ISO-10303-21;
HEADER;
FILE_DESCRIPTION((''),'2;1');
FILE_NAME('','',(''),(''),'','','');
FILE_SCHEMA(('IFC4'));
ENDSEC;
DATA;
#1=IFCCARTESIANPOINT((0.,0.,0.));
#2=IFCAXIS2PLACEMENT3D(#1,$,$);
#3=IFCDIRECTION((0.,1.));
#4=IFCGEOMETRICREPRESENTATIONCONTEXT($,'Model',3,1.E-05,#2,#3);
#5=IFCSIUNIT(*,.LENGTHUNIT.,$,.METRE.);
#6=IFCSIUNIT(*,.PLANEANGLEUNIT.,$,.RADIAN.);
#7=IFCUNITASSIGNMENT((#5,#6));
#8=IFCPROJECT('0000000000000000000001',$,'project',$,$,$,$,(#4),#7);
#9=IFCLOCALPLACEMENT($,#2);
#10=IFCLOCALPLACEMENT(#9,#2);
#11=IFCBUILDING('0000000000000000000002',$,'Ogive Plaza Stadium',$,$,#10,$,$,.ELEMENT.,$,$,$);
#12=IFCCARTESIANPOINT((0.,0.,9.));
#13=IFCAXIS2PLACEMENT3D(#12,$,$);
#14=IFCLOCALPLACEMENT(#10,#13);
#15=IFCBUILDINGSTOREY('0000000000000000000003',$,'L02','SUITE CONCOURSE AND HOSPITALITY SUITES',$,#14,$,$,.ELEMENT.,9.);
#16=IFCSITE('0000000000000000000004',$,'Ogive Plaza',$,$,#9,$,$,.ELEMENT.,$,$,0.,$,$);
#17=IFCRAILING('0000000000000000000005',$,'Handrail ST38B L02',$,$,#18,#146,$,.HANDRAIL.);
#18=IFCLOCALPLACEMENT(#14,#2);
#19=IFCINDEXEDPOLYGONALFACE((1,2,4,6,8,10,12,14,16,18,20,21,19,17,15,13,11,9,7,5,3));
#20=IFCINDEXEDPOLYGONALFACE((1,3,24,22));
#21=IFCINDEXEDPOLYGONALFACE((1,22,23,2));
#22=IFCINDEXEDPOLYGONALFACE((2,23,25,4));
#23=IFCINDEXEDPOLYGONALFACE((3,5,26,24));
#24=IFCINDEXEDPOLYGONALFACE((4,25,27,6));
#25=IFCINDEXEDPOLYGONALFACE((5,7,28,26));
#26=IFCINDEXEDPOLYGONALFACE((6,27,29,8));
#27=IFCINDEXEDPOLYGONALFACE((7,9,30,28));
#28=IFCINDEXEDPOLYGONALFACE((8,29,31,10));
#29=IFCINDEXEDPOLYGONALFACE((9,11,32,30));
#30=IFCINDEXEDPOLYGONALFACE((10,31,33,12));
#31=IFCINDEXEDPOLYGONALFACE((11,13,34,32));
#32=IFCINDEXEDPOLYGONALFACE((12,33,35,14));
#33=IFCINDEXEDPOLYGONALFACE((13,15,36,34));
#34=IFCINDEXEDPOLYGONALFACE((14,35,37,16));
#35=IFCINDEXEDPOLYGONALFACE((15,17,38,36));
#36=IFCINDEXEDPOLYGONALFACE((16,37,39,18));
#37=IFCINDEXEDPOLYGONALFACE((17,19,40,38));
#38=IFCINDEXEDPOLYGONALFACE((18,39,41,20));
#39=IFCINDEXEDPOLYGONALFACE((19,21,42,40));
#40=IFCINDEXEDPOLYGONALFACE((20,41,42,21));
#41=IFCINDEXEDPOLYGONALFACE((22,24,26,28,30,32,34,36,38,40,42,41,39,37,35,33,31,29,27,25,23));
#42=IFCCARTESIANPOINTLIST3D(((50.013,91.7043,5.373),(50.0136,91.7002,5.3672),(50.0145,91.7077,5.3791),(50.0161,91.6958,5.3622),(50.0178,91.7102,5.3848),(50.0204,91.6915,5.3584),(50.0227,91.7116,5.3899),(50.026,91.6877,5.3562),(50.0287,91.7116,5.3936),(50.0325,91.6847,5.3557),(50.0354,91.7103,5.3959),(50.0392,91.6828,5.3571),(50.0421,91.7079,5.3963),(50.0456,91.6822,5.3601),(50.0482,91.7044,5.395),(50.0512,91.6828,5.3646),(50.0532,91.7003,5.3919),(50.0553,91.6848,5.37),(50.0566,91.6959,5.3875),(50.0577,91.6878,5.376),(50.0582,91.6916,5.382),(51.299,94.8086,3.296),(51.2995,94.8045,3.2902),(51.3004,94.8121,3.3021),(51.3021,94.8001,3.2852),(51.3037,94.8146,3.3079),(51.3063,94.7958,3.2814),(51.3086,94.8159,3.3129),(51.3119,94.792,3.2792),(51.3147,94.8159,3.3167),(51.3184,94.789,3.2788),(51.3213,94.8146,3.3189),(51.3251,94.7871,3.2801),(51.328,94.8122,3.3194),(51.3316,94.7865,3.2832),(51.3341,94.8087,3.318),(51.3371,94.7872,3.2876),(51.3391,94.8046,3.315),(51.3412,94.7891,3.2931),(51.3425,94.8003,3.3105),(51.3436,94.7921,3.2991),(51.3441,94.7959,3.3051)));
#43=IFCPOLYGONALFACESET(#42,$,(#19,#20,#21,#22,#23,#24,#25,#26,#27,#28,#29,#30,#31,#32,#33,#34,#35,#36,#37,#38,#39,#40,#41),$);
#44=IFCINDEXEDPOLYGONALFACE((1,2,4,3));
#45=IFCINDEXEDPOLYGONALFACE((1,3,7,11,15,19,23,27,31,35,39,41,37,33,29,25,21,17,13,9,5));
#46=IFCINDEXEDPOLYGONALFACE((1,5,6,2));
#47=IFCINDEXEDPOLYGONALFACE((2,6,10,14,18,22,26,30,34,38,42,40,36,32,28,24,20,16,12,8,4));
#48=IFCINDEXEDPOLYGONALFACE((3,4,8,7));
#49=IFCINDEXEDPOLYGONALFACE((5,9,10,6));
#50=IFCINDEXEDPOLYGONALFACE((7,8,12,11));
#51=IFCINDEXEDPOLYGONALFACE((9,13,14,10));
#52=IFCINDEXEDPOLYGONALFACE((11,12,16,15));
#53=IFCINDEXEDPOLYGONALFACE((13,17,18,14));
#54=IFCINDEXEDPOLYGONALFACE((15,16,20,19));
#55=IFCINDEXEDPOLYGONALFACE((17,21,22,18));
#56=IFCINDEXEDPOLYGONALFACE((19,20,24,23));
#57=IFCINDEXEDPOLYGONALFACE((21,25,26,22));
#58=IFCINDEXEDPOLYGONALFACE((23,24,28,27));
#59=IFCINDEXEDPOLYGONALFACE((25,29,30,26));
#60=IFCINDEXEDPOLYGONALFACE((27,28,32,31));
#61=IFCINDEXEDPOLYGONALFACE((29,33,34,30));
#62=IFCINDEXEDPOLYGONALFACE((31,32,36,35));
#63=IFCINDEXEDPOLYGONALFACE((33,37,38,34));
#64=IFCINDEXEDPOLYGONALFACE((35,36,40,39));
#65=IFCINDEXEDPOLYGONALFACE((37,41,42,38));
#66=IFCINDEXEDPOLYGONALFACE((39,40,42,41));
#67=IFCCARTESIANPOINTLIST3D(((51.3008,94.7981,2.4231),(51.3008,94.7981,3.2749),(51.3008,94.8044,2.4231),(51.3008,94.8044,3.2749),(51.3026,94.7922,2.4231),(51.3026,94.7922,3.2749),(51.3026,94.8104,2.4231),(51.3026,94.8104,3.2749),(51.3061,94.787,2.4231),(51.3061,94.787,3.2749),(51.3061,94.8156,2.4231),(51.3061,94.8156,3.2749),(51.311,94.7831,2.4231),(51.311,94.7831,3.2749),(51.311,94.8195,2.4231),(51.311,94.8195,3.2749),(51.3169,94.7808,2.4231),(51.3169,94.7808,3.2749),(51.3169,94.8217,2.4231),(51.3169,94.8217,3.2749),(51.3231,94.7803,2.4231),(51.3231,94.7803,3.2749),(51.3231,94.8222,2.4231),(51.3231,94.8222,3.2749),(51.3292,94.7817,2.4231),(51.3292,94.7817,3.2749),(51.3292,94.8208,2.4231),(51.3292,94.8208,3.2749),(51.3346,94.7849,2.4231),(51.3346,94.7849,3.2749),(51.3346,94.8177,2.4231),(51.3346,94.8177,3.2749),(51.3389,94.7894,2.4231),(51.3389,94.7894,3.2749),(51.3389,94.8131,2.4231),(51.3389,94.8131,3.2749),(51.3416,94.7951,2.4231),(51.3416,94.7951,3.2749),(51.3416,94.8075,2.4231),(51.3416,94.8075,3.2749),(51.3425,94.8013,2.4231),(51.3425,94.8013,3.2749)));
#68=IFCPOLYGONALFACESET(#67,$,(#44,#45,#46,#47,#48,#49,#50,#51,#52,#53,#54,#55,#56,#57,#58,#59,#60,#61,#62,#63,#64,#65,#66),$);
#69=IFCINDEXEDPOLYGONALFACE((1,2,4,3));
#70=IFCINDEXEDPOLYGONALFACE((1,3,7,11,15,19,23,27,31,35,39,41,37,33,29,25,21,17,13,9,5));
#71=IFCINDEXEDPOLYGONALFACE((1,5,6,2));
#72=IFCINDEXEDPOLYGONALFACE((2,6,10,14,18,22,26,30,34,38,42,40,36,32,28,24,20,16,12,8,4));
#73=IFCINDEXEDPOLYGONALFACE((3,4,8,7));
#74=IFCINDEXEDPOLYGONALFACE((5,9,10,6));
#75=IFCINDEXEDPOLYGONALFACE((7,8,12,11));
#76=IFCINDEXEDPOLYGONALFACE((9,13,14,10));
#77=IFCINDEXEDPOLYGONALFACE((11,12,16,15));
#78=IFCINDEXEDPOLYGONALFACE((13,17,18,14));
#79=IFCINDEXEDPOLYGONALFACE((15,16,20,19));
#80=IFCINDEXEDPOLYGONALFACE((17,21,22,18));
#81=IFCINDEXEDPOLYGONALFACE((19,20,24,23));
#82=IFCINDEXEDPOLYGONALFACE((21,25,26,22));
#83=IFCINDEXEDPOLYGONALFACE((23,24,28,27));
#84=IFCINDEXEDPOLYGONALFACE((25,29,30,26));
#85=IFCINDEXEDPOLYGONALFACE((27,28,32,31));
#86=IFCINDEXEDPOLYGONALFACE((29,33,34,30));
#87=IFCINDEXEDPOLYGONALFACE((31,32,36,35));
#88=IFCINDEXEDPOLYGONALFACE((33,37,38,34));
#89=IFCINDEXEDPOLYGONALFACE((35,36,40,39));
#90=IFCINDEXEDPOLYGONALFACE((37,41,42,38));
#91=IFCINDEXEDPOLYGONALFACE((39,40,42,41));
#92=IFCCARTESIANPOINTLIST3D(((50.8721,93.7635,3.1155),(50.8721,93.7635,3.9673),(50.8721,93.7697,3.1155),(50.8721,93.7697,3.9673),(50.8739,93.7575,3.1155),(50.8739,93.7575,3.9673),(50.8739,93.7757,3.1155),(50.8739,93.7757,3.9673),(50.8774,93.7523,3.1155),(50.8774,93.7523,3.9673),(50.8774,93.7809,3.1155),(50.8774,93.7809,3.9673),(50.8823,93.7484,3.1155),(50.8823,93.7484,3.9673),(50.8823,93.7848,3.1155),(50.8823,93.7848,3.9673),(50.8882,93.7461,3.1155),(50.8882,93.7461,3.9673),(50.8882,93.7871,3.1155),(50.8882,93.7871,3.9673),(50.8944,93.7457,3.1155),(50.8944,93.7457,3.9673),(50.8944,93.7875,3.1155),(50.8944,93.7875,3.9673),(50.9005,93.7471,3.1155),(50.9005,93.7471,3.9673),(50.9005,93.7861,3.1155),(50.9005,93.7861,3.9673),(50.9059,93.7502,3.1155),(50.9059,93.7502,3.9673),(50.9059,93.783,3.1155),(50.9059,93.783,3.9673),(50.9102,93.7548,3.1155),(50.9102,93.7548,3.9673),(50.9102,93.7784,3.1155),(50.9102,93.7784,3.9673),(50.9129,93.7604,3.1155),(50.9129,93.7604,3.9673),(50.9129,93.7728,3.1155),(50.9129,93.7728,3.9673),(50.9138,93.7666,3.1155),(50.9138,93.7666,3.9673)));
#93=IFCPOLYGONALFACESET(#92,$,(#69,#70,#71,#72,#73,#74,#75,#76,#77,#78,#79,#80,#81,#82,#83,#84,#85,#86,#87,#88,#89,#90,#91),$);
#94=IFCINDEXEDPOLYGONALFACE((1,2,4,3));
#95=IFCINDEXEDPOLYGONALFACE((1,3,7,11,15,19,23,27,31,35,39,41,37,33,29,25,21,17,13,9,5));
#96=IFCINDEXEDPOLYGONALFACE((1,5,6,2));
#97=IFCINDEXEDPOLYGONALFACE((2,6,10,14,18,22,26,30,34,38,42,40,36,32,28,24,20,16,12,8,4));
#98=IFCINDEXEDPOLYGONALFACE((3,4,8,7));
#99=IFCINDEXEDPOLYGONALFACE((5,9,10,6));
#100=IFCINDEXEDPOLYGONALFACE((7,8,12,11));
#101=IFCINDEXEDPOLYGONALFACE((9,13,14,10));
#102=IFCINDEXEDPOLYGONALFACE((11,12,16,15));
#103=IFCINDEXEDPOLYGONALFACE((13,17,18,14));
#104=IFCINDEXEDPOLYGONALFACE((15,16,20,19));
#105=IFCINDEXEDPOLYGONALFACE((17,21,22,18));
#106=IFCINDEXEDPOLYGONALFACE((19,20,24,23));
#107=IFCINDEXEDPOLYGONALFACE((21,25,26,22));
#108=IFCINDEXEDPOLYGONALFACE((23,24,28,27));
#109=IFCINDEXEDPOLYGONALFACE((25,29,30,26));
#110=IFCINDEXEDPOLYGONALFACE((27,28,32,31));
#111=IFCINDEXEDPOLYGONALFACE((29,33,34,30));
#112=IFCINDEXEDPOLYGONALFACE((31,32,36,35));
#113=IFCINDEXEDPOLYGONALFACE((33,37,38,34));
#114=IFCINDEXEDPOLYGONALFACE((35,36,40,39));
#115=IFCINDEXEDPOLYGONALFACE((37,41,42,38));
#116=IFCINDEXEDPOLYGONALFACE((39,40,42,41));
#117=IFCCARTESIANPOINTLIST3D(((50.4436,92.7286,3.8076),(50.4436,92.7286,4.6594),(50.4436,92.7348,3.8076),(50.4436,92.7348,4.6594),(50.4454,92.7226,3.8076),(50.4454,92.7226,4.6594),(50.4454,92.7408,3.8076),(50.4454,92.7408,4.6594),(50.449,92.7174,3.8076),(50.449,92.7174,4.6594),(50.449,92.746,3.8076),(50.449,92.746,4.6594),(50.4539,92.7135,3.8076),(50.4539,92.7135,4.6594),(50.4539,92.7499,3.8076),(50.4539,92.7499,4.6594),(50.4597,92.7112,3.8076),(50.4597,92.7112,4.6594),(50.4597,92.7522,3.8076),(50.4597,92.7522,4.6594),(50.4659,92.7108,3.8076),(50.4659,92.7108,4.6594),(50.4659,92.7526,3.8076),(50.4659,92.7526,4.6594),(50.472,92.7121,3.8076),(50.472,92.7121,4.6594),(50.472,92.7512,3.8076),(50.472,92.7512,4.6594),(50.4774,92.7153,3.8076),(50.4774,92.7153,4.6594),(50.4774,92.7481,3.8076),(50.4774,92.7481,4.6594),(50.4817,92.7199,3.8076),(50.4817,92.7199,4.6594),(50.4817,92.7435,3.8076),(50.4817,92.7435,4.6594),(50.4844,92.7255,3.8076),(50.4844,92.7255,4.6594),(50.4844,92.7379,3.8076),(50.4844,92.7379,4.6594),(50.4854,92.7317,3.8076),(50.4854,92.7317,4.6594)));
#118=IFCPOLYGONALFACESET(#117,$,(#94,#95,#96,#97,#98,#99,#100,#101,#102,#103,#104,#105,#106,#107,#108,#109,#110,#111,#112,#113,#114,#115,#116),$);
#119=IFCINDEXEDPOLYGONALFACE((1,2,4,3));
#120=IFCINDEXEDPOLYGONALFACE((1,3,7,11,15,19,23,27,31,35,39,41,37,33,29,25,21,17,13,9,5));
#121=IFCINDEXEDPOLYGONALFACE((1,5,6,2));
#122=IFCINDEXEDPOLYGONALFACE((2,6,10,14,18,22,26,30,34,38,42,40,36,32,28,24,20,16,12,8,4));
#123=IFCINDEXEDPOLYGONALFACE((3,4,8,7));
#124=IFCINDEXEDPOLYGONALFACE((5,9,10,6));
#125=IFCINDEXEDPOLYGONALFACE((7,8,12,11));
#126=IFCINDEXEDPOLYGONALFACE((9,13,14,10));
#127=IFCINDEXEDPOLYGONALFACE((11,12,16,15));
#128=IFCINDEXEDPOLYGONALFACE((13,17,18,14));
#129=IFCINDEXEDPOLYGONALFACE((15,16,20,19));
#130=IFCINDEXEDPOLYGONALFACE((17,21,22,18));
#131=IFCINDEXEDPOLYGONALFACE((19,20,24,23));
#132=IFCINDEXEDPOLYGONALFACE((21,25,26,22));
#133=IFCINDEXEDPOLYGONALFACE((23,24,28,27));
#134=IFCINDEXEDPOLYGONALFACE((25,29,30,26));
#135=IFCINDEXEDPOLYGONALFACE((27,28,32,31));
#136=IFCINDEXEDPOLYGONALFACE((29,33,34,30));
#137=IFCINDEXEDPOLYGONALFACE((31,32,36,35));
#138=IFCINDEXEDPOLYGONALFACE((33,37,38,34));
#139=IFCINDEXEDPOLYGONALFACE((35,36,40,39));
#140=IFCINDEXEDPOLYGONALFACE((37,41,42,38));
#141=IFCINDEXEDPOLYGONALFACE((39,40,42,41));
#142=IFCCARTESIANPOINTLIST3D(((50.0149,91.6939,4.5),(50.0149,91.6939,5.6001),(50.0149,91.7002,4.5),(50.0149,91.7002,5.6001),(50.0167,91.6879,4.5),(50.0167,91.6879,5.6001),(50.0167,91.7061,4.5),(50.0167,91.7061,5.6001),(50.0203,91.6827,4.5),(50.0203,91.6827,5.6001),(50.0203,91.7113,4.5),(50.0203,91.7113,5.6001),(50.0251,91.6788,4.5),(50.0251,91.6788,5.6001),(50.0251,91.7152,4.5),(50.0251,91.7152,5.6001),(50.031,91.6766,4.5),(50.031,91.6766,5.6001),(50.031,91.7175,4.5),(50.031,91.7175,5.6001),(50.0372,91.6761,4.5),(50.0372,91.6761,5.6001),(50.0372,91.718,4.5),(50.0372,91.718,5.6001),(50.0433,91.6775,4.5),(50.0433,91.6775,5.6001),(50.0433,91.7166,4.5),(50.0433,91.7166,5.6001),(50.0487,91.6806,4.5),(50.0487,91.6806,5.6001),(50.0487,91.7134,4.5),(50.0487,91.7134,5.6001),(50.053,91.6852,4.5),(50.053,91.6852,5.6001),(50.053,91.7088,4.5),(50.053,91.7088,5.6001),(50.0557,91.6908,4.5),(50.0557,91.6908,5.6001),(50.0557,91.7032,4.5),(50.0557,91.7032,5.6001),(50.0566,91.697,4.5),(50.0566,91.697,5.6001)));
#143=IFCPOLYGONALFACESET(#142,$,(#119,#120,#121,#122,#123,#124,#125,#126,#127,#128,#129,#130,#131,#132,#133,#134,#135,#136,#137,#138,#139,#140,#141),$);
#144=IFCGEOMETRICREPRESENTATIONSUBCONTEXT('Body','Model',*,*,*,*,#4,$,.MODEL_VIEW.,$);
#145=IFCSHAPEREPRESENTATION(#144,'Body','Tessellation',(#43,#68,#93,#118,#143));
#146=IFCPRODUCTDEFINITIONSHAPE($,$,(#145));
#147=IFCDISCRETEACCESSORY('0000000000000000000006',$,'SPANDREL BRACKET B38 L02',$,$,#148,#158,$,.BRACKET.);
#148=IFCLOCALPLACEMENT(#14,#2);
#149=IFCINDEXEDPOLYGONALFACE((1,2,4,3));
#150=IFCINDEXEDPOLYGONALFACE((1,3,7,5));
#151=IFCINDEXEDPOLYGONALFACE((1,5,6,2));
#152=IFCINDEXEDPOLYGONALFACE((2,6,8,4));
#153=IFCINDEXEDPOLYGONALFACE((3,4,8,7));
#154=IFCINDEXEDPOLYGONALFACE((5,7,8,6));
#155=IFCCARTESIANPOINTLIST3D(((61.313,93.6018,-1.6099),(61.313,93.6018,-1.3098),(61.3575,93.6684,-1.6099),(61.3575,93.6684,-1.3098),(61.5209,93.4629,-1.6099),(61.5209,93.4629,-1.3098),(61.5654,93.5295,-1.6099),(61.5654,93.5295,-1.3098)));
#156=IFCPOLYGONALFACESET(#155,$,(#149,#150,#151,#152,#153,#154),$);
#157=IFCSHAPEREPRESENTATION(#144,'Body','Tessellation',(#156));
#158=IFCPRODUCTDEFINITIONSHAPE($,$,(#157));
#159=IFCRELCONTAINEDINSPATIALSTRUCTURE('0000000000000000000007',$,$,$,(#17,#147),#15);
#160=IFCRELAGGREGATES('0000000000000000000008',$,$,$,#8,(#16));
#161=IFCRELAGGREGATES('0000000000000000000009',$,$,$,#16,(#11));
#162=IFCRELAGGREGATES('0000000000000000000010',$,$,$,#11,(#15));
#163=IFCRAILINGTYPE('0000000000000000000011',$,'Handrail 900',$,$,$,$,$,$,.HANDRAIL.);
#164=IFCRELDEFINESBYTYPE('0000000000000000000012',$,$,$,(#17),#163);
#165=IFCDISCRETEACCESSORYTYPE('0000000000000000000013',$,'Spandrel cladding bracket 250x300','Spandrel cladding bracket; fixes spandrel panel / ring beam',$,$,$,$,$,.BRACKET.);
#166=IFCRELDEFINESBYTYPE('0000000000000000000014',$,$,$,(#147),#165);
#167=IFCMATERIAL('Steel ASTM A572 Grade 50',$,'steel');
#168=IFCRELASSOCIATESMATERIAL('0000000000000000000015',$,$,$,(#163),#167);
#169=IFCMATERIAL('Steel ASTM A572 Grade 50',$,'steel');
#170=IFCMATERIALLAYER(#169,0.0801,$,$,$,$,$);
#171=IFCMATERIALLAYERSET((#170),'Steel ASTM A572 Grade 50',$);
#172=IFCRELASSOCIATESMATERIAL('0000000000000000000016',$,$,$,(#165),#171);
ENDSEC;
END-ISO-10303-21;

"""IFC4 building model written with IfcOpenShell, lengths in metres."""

from ifc_helpers import new_model, si_unit, direction, frame, origin, origin_2d, place, context, subcontext, project, spatial, rectangle, circle, extrude, material, layer, layer_set, type_object, element, save


model = new_model("IFC4")

# Units and contexts
model_context = context("Model", 3, precision=1e-05, world=origin(), true_north=direction((0.0, 1.0)))
body_context = subcontext(model_context, "Body", "Model", "MODEL_VIEW")
ifc_project = project(units=[si_unit("LENGTHUNIT", "METRE"), si_unit("PLANEANGLEUNIT", "RADIAN")], contexts=[model_context])

# Site, building, storey
site_placement = place(None, origin())
site = spatial("IfcSite", under=ifc_project, at=site_placement, Name="Ogive Plaza", CompositionType="ELEMENT", RefElevation=0.0)
building_placement = place(site_placement, origin())
building = spatial("IfcBuilding", under=site, at=building_placement, Name="Ogive Plaza Stadium", CompositionType="ELEMENT")
storey_placement = place(building_placement, frame((0.0, 0.0, 9.0)))
storey = spatial("IfcBuildingStorey", under=building, at=storey_placement, Name="L02", Description="SUITE CONCOURSE AND HOSPITALITY SUITES", CompositionType="ELEMENT", Elevation=9.0)

# Railing
ifc_material_1 = material(Name="Steel ASTM A572 Grade 50", Category="steel")
railing_type_1 = type_object("IfcRailingType", Name="Handrail 900", PredefinedType="HANDRAIL", material=ifc_material_1)
railing_1_placement = place(storey_placement, frame((51.3215, 94.8013, 2.4231)))
element("IfcRailing", 1, at=railing_1_placement, inside=storey, type_object=railing_type_1, Name="Handrail ST38B L02", PredefinedType="HANDRAIL", context=body_context, shape_type="SweptSolid", body=[
    extrude(circle(Radius=0.0239, at=origin_2d()), frame((0.0, 0.0, 0.876), z_axis=(-0.325532, -0.785863, 0.525783), x_axis=(0.923872, -0.3827, 0.0)), (0.0, 0.0, 1.0), 3.9502),
    extrude(circle(Radius=0.021, at=origin_2d()), origin(), (0.0, 0.0, 1.0), 0.8518),
    extrude(circle(Radius=0.021, at=origin_2d()), frame((-0.4287, -1.0347, 0.6924)), (0.0, 0.0, 1.0), 0.8518),
    extrude(circle(Radius=0.021, at=origin_2d()), frame((-0.8572, -2.0696, 1.3845)), (0.0, 0.0, 1.0), 0.8518),
    extrude(circle(Radius=0.021, at=origin_2d()), frame((-1.2859, -3.1042, 2.0769)), (0.0, 0.0, 1.0), 1.1001),
])

# Discrete accessory
ifc_material_2 = material(Name="Steel ASTM A572 Grade 50", Category="steel")
ifc_layer_1 = layer(ifc_material_2, 0.0801)
ifc_layer_set_1 = layer_set([ifc_layer_1], Name="Steel ASTM A572 Grade 50")
discrete_accessory_type = type_object("IfcDiscreteAccessoryType", Name="Spandrel cladding bracket 250x300", Description="Spandrel cladding bracket; fixes spandrel panel / ring beam", PredefinedType="BRACKET", material=ifc_layer_set_1)
discrete_accessory_placement = place(storey_placement, frame((61.4392, 93.5657, -1.6099), z_axis=(0.0, 0.0, 1.0), x_axis=(0.83147, -0.55557, 0.0)))
element("IfcDiscreteAccessory", 2, at=discrete_accessory_placement, inside=storey, type_object=discrete_accessory_type, Name="SPANDREL BRACKET B38 L02", PredefinedType="BRACKET", context=body_context, shape_type="SweptSolid", body=[
    extrude(rectangle(XDim=0.25, YDim=0.0801, at=origin_2d()), origin(), (0.0, 0.0, 1.0), 0.3),
])

save(model, "model.ifc")
